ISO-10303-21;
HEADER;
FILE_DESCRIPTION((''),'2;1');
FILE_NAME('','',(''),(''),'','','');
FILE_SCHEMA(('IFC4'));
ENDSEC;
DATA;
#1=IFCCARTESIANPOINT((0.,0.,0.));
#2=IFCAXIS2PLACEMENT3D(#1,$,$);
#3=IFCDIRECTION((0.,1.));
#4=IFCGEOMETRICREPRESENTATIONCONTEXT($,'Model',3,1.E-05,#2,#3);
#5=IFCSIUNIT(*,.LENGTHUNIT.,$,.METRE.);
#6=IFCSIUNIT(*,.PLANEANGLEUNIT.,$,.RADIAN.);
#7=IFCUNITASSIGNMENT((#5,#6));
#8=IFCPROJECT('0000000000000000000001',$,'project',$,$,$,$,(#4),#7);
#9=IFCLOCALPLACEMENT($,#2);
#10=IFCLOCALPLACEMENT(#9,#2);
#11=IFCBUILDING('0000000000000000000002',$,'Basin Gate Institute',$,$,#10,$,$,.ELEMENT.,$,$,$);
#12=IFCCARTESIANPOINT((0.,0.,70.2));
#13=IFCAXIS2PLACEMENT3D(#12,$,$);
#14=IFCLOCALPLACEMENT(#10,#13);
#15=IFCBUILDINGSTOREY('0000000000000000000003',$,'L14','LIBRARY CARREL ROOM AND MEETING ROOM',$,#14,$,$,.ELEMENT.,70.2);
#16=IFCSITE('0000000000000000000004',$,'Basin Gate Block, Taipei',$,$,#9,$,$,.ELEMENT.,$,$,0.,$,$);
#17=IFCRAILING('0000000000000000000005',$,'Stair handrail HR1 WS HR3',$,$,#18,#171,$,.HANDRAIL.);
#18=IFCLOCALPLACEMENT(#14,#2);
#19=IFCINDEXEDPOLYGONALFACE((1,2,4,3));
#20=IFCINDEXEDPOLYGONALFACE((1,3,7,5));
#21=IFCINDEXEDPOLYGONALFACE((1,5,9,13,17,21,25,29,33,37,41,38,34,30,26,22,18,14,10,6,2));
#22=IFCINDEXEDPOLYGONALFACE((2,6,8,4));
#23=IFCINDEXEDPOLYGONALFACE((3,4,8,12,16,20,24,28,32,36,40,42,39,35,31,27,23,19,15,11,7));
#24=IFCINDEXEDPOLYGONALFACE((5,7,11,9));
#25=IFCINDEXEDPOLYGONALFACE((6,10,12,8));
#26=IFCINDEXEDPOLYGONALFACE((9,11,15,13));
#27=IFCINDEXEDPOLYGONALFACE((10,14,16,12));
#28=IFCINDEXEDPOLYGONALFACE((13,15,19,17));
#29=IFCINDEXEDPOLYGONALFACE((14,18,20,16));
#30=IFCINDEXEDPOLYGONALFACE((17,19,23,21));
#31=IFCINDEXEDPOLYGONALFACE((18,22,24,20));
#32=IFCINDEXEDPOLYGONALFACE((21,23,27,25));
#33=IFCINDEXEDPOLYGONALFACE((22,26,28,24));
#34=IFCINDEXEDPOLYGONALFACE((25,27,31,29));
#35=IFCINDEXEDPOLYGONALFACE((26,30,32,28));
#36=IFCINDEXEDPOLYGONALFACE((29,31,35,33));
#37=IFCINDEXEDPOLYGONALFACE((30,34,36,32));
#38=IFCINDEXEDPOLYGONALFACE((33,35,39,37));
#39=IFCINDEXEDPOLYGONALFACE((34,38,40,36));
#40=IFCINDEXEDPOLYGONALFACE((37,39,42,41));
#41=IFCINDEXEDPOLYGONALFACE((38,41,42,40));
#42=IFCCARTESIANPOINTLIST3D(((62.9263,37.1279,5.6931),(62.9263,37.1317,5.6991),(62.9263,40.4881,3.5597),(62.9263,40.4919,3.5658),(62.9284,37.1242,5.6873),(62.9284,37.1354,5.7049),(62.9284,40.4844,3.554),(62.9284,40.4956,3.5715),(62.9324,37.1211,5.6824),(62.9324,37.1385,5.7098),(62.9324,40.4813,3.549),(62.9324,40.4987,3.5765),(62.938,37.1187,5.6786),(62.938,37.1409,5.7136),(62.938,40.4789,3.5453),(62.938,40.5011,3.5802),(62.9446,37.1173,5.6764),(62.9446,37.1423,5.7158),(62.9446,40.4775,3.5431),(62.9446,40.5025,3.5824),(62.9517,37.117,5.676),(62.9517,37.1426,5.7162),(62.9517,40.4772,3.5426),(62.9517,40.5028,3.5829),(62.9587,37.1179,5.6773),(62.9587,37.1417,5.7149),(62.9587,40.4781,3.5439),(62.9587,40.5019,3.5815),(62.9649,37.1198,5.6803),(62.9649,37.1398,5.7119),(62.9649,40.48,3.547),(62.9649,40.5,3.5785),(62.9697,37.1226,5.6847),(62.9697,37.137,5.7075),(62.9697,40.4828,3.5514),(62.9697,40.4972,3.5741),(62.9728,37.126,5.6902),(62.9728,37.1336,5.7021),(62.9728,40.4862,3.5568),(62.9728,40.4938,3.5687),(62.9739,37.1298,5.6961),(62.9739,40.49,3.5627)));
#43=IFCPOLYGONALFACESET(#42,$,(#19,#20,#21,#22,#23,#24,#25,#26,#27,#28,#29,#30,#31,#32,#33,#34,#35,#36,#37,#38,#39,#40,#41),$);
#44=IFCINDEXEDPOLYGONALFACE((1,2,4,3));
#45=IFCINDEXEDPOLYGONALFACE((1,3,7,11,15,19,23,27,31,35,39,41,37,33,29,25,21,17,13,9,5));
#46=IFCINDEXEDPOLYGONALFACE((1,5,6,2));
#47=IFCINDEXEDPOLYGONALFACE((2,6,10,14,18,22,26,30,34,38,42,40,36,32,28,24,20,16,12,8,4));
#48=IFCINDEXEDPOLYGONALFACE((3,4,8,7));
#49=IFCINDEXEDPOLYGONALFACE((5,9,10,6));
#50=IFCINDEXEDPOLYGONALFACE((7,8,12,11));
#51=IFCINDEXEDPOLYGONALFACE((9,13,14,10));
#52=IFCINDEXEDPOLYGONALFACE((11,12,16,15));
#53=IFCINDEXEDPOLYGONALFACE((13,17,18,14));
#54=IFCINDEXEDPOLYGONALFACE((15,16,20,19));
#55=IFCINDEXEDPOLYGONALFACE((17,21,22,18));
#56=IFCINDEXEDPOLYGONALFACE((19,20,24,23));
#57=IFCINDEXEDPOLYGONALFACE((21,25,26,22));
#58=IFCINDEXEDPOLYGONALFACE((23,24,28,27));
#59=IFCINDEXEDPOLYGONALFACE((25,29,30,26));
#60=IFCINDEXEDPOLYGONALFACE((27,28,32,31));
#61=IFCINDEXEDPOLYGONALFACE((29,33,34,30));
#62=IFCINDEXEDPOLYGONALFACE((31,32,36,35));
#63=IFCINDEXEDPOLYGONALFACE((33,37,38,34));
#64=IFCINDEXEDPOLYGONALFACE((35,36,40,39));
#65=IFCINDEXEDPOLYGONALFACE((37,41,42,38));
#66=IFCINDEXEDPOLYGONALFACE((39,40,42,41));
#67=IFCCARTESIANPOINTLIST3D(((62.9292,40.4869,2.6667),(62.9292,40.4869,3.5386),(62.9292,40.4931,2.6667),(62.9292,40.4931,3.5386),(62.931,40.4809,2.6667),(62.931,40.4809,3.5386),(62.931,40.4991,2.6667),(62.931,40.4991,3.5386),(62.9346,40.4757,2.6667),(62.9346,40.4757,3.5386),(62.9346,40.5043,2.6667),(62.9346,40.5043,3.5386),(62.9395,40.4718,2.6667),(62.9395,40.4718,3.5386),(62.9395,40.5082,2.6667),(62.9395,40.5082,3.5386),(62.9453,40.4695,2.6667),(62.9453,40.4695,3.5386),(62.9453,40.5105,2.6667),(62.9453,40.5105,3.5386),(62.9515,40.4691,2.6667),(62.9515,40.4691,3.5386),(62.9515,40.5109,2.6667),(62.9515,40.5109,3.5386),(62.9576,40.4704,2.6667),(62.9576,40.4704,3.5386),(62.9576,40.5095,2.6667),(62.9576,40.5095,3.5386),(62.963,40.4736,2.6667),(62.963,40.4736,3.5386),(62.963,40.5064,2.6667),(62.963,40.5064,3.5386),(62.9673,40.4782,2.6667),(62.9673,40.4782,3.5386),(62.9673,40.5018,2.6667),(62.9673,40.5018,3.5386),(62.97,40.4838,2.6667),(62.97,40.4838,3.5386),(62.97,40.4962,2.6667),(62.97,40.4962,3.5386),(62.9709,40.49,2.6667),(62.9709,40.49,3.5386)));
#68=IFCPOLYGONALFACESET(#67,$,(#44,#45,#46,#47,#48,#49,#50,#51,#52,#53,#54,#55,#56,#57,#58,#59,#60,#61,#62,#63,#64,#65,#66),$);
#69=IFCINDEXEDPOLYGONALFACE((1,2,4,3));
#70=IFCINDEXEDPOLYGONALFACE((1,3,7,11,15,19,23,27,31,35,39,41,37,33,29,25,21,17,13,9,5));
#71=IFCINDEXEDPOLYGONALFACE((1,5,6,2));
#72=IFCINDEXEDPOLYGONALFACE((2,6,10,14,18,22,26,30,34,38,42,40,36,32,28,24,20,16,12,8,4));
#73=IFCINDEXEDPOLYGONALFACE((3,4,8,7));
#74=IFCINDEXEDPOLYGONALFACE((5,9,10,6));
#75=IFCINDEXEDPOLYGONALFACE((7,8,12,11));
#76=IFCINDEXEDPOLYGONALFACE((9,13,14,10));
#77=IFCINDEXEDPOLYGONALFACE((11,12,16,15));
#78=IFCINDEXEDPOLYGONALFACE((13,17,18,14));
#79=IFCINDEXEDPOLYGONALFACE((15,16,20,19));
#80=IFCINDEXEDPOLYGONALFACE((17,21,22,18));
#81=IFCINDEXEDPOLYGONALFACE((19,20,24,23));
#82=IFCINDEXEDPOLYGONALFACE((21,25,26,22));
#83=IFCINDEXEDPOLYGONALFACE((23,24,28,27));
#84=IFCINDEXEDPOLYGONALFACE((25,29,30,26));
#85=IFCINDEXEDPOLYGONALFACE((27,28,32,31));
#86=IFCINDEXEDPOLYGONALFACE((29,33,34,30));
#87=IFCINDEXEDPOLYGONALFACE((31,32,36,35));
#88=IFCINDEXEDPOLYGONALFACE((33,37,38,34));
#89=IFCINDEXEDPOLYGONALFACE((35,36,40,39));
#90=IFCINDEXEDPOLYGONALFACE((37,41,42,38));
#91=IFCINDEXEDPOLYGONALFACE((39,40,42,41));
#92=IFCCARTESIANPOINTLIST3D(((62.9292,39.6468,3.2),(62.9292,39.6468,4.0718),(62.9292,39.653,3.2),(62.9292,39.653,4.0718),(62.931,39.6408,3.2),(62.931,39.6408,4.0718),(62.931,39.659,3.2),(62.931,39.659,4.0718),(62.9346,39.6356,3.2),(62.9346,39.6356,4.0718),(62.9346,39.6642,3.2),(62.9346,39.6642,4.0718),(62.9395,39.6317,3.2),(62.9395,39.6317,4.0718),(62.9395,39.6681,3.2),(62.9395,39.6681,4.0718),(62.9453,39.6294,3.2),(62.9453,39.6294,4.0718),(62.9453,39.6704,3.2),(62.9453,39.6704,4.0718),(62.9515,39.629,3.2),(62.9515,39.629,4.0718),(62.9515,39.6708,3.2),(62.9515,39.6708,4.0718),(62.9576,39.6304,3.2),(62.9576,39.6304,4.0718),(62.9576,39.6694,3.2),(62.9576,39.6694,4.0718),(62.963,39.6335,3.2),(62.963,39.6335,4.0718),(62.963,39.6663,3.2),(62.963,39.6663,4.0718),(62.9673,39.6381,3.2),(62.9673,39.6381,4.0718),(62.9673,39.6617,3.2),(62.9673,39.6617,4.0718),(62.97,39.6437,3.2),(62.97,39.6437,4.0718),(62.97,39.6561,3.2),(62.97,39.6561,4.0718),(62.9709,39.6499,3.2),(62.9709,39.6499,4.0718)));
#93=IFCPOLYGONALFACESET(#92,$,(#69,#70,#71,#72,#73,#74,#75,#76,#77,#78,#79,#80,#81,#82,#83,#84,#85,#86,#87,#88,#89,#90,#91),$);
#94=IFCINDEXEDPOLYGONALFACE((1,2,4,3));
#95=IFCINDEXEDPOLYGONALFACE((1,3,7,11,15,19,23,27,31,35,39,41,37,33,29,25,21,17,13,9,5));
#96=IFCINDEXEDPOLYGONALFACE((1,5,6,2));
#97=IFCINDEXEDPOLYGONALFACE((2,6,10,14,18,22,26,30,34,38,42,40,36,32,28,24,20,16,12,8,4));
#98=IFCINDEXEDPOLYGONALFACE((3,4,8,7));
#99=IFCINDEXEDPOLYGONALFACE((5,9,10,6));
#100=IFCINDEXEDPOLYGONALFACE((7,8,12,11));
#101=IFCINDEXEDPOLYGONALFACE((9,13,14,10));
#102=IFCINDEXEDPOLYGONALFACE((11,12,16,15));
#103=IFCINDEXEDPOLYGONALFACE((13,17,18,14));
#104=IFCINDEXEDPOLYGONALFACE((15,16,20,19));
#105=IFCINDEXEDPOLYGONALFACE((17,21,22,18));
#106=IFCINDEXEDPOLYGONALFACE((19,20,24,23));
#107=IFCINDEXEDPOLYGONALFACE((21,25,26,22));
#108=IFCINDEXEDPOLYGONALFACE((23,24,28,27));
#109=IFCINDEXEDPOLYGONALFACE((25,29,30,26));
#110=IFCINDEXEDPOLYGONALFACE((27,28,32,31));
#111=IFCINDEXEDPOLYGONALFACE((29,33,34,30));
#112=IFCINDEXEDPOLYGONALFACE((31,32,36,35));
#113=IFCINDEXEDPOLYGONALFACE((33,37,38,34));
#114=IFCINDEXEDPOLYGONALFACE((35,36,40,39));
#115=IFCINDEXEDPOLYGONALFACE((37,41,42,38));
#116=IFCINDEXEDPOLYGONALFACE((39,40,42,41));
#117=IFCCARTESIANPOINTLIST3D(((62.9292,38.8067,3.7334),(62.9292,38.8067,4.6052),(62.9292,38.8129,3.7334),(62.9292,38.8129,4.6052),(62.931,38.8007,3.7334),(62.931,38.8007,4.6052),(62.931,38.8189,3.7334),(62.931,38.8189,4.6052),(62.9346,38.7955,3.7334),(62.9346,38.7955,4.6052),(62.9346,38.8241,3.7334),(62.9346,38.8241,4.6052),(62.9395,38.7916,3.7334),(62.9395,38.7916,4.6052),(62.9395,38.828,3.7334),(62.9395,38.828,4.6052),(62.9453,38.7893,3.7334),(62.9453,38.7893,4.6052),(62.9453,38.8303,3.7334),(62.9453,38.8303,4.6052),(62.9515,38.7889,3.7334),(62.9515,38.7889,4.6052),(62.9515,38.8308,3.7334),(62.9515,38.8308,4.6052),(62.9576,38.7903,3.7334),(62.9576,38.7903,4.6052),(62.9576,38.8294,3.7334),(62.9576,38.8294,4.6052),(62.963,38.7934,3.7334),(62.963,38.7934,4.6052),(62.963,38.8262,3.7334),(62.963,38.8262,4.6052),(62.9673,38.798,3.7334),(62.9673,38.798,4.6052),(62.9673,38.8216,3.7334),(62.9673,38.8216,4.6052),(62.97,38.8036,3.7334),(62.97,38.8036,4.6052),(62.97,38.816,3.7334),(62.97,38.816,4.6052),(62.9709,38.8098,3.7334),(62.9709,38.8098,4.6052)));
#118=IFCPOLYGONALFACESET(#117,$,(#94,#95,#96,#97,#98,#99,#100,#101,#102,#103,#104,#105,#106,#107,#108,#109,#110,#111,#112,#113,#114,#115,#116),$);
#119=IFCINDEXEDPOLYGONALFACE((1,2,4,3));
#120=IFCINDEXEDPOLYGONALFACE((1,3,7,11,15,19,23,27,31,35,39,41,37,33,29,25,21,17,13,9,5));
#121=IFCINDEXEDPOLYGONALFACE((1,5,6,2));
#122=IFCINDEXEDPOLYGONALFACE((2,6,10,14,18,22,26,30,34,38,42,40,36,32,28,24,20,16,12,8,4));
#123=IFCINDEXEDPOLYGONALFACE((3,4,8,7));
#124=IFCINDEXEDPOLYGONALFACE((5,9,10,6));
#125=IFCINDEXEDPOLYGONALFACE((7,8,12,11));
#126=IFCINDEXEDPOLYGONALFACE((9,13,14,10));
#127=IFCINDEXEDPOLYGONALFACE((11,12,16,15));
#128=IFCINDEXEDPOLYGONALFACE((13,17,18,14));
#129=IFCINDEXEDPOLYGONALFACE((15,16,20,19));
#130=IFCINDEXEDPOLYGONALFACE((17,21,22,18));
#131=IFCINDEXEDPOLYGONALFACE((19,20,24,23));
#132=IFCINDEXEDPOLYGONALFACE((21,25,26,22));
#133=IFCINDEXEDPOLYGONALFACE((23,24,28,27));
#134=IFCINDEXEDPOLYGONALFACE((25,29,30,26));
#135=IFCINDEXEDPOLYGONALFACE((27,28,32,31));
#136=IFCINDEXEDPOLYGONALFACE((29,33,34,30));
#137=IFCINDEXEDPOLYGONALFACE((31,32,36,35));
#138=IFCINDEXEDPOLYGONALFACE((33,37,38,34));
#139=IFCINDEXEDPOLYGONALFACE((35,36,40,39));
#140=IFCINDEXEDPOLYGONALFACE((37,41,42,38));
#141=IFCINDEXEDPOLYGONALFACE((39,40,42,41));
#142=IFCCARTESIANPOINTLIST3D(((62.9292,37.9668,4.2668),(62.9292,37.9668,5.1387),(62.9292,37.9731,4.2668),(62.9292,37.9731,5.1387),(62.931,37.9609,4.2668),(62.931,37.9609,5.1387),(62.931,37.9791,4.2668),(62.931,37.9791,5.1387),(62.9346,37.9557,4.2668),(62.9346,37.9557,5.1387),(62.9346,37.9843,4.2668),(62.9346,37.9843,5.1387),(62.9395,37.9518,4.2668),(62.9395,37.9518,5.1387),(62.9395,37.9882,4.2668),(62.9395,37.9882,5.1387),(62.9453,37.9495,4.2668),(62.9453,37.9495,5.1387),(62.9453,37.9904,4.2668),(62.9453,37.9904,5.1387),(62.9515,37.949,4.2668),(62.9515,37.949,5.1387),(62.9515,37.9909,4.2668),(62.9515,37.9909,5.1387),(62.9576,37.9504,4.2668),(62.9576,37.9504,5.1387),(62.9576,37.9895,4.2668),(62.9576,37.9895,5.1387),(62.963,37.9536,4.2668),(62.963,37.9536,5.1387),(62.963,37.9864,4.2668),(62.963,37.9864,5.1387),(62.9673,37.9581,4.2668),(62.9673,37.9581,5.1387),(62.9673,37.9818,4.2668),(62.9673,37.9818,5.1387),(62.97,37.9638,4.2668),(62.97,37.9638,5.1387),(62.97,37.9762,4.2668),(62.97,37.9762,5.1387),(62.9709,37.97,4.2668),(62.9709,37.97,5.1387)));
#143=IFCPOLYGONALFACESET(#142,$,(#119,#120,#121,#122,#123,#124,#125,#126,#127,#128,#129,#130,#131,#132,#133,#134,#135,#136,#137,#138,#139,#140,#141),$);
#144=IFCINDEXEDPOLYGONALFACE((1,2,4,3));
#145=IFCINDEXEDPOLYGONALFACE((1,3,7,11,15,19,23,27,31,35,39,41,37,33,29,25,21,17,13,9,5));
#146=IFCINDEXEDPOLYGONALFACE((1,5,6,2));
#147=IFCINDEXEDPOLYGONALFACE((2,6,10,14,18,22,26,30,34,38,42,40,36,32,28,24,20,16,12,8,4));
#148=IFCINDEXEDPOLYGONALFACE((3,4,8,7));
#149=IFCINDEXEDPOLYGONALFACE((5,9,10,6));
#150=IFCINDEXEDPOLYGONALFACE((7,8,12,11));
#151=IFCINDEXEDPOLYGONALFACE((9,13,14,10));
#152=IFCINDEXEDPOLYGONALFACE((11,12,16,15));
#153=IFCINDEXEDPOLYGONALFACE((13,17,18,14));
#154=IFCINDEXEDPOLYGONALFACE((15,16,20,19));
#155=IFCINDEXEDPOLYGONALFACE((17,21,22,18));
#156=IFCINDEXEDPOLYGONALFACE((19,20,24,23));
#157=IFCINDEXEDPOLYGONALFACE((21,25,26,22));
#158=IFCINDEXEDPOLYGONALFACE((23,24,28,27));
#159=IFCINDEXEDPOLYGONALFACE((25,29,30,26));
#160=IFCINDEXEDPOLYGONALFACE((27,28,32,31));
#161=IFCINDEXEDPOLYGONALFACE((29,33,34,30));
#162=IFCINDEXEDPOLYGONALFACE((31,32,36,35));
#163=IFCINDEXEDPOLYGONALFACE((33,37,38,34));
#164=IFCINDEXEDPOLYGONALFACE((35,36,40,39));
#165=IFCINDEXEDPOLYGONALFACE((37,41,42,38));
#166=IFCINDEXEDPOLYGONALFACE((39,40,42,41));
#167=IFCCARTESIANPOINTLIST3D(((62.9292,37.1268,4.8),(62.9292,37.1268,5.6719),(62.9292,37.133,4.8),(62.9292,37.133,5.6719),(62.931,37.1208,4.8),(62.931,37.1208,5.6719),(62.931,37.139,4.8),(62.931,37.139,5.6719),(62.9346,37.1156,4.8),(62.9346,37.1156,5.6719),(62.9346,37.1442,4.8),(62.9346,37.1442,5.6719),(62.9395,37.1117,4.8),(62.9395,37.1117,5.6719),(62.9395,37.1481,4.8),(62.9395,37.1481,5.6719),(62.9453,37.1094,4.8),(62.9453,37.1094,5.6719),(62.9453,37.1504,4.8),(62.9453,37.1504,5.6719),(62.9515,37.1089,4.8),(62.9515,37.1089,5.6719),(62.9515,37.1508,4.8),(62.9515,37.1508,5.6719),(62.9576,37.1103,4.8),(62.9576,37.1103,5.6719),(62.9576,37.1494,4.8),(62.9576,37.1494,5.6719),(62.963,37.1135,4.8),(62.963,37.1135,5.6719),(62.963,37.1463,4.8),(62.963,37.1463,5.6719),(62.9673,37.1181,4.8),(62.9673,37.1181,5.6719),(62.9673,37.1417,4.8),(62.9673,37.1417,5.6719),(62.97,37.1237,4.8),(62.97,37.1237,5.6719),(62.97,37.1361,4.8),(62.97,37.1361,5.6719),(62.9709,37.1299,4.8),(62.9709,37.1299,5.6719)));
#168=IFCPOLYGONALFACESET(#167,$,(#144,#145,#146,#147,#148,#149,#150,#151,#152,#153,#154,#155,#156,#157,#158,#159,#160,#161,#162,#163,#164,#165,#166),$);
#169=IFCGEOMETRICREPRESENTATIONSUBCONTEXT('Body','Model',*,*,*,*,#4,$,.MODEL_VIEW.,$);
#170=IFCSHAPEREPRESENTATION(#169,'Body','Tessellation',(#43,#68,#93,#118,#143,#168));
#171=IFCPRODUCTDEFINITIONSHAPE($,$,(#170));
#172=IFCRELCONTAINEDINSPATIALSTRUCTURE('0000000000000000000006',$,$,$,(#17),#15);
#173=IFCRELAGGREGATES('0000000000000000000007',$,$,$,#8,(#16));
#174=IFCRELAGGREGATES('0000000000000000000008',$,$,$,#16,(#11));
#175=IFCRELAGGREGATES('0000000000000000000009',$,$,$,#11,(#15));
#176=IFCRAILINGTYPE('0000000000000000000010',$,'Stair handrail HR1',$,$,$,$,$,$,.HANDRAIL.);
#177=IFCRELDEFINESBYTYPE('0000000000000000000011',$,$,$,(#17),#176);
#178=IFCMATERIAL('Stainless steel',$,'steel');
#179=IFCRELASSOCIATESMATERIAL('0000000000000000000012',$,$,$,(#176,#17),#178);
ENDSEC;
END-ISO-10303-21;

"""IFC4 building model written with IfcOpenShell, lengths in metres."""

from ifc_helpers import new_model, si_unit, direction, frame, origin, origin_2d, place, context, subcontext, project, spatial, circle, extrude, material, type_object, element, save


model = new_model("IFC4")

# Units and contexts
model_context = context("Model", 3, precision=1e-05, world=origin(), true_north=direction((0.0, 1.0)))
body_context = subcontext(model_context, "Body", "Model", "MODEL_VIEW")
ifc_project = project(units=[si_unit("LENGTHUNIT", "METRE"), si_unit("PLANEANGLEUNIT", "RADIAN")], contexts=[model_context])

# Site, building, storey
site_placement = place(None, origin())
site = spatial("IfcSite", under=ifc_project, at=site_placement, Name="Basin Gate Block, Taipei", CompositionType="ELEMENT", RefElevation=0.0)
building_placement = place(site_placement, origin())
building = spatial("IfcBuilding", under=site, at=building_placement, Name="Basin Gate Institute", CompositionType="ELEMENT")
storey_placement = place(building_placement, frame((0.0, 0.0, 70.2)))
storey = spatial("IfcBuildingStorey", under=building, at=storey_placement, Name="L14", Description="LIBRARY CARREL ROOM AND MEETING ROOM", CompositionType="ELEMENT", Elevation=70.2)

# Railing
ifc_material_1 = material(Name="Stainless steel", Category="steel")
railing_type_1 = type_object("IfcRailingType", Name="Stair handrail HR1", PredefinedType="HANDRAIL", material=ifc_material_1)
railing_1_placement = place(storey_placement, frame((62.95, 40.49, 2.6667)))
element("IfcRailing", 1, at=railing_1_placement, inside=storey, type_object=railing_type_1, material=ifc_material_1, Name="Stair handrail HR1 WS HR3", PredefinedType="HANDRAIL", context=body_context, shape_type="SweptSolid", body=[
    extrude(circle(Radius=0.0239, at=origin_2d()), frame((0.0, 0.0, 0.896), z_axis=(0.0, -0.844224, 0.53599), x_axis=(1.0, 0.0, 0.0)), (0.0, 0.0, 1.0), 3.9802),
    extrude(circle(Radius=0.021, at=origin_2d()), origin(), (0.0, 0.0, 1.0), 0.8718),
    extrude(circle(Radius=0.021, at=origin_2d()), frame((0.0, -0.8401, 0.5332)), (0.0, 0.0, 1.0), 0.8718),
    extrude(circle(Radius=0.021, at=origin_2d()), frame((0.0, -1.6802, 1.0667)), (0.0, 0.0, 1.0), 0.8718),
    extrude(circle(Radius=0.021, at=origin_2d()), frame((0.0, -2.52, 1.6001)), (0.0, 0.0, 1.0), 0.8718),
    extrude(circle(Radius=0.021, at=origin_2d()), frame((0.0, -3.3601, 2.1333)), (0.0, 0.0, 1.0), 0.8718),
])

save(model, "model.ifc")
